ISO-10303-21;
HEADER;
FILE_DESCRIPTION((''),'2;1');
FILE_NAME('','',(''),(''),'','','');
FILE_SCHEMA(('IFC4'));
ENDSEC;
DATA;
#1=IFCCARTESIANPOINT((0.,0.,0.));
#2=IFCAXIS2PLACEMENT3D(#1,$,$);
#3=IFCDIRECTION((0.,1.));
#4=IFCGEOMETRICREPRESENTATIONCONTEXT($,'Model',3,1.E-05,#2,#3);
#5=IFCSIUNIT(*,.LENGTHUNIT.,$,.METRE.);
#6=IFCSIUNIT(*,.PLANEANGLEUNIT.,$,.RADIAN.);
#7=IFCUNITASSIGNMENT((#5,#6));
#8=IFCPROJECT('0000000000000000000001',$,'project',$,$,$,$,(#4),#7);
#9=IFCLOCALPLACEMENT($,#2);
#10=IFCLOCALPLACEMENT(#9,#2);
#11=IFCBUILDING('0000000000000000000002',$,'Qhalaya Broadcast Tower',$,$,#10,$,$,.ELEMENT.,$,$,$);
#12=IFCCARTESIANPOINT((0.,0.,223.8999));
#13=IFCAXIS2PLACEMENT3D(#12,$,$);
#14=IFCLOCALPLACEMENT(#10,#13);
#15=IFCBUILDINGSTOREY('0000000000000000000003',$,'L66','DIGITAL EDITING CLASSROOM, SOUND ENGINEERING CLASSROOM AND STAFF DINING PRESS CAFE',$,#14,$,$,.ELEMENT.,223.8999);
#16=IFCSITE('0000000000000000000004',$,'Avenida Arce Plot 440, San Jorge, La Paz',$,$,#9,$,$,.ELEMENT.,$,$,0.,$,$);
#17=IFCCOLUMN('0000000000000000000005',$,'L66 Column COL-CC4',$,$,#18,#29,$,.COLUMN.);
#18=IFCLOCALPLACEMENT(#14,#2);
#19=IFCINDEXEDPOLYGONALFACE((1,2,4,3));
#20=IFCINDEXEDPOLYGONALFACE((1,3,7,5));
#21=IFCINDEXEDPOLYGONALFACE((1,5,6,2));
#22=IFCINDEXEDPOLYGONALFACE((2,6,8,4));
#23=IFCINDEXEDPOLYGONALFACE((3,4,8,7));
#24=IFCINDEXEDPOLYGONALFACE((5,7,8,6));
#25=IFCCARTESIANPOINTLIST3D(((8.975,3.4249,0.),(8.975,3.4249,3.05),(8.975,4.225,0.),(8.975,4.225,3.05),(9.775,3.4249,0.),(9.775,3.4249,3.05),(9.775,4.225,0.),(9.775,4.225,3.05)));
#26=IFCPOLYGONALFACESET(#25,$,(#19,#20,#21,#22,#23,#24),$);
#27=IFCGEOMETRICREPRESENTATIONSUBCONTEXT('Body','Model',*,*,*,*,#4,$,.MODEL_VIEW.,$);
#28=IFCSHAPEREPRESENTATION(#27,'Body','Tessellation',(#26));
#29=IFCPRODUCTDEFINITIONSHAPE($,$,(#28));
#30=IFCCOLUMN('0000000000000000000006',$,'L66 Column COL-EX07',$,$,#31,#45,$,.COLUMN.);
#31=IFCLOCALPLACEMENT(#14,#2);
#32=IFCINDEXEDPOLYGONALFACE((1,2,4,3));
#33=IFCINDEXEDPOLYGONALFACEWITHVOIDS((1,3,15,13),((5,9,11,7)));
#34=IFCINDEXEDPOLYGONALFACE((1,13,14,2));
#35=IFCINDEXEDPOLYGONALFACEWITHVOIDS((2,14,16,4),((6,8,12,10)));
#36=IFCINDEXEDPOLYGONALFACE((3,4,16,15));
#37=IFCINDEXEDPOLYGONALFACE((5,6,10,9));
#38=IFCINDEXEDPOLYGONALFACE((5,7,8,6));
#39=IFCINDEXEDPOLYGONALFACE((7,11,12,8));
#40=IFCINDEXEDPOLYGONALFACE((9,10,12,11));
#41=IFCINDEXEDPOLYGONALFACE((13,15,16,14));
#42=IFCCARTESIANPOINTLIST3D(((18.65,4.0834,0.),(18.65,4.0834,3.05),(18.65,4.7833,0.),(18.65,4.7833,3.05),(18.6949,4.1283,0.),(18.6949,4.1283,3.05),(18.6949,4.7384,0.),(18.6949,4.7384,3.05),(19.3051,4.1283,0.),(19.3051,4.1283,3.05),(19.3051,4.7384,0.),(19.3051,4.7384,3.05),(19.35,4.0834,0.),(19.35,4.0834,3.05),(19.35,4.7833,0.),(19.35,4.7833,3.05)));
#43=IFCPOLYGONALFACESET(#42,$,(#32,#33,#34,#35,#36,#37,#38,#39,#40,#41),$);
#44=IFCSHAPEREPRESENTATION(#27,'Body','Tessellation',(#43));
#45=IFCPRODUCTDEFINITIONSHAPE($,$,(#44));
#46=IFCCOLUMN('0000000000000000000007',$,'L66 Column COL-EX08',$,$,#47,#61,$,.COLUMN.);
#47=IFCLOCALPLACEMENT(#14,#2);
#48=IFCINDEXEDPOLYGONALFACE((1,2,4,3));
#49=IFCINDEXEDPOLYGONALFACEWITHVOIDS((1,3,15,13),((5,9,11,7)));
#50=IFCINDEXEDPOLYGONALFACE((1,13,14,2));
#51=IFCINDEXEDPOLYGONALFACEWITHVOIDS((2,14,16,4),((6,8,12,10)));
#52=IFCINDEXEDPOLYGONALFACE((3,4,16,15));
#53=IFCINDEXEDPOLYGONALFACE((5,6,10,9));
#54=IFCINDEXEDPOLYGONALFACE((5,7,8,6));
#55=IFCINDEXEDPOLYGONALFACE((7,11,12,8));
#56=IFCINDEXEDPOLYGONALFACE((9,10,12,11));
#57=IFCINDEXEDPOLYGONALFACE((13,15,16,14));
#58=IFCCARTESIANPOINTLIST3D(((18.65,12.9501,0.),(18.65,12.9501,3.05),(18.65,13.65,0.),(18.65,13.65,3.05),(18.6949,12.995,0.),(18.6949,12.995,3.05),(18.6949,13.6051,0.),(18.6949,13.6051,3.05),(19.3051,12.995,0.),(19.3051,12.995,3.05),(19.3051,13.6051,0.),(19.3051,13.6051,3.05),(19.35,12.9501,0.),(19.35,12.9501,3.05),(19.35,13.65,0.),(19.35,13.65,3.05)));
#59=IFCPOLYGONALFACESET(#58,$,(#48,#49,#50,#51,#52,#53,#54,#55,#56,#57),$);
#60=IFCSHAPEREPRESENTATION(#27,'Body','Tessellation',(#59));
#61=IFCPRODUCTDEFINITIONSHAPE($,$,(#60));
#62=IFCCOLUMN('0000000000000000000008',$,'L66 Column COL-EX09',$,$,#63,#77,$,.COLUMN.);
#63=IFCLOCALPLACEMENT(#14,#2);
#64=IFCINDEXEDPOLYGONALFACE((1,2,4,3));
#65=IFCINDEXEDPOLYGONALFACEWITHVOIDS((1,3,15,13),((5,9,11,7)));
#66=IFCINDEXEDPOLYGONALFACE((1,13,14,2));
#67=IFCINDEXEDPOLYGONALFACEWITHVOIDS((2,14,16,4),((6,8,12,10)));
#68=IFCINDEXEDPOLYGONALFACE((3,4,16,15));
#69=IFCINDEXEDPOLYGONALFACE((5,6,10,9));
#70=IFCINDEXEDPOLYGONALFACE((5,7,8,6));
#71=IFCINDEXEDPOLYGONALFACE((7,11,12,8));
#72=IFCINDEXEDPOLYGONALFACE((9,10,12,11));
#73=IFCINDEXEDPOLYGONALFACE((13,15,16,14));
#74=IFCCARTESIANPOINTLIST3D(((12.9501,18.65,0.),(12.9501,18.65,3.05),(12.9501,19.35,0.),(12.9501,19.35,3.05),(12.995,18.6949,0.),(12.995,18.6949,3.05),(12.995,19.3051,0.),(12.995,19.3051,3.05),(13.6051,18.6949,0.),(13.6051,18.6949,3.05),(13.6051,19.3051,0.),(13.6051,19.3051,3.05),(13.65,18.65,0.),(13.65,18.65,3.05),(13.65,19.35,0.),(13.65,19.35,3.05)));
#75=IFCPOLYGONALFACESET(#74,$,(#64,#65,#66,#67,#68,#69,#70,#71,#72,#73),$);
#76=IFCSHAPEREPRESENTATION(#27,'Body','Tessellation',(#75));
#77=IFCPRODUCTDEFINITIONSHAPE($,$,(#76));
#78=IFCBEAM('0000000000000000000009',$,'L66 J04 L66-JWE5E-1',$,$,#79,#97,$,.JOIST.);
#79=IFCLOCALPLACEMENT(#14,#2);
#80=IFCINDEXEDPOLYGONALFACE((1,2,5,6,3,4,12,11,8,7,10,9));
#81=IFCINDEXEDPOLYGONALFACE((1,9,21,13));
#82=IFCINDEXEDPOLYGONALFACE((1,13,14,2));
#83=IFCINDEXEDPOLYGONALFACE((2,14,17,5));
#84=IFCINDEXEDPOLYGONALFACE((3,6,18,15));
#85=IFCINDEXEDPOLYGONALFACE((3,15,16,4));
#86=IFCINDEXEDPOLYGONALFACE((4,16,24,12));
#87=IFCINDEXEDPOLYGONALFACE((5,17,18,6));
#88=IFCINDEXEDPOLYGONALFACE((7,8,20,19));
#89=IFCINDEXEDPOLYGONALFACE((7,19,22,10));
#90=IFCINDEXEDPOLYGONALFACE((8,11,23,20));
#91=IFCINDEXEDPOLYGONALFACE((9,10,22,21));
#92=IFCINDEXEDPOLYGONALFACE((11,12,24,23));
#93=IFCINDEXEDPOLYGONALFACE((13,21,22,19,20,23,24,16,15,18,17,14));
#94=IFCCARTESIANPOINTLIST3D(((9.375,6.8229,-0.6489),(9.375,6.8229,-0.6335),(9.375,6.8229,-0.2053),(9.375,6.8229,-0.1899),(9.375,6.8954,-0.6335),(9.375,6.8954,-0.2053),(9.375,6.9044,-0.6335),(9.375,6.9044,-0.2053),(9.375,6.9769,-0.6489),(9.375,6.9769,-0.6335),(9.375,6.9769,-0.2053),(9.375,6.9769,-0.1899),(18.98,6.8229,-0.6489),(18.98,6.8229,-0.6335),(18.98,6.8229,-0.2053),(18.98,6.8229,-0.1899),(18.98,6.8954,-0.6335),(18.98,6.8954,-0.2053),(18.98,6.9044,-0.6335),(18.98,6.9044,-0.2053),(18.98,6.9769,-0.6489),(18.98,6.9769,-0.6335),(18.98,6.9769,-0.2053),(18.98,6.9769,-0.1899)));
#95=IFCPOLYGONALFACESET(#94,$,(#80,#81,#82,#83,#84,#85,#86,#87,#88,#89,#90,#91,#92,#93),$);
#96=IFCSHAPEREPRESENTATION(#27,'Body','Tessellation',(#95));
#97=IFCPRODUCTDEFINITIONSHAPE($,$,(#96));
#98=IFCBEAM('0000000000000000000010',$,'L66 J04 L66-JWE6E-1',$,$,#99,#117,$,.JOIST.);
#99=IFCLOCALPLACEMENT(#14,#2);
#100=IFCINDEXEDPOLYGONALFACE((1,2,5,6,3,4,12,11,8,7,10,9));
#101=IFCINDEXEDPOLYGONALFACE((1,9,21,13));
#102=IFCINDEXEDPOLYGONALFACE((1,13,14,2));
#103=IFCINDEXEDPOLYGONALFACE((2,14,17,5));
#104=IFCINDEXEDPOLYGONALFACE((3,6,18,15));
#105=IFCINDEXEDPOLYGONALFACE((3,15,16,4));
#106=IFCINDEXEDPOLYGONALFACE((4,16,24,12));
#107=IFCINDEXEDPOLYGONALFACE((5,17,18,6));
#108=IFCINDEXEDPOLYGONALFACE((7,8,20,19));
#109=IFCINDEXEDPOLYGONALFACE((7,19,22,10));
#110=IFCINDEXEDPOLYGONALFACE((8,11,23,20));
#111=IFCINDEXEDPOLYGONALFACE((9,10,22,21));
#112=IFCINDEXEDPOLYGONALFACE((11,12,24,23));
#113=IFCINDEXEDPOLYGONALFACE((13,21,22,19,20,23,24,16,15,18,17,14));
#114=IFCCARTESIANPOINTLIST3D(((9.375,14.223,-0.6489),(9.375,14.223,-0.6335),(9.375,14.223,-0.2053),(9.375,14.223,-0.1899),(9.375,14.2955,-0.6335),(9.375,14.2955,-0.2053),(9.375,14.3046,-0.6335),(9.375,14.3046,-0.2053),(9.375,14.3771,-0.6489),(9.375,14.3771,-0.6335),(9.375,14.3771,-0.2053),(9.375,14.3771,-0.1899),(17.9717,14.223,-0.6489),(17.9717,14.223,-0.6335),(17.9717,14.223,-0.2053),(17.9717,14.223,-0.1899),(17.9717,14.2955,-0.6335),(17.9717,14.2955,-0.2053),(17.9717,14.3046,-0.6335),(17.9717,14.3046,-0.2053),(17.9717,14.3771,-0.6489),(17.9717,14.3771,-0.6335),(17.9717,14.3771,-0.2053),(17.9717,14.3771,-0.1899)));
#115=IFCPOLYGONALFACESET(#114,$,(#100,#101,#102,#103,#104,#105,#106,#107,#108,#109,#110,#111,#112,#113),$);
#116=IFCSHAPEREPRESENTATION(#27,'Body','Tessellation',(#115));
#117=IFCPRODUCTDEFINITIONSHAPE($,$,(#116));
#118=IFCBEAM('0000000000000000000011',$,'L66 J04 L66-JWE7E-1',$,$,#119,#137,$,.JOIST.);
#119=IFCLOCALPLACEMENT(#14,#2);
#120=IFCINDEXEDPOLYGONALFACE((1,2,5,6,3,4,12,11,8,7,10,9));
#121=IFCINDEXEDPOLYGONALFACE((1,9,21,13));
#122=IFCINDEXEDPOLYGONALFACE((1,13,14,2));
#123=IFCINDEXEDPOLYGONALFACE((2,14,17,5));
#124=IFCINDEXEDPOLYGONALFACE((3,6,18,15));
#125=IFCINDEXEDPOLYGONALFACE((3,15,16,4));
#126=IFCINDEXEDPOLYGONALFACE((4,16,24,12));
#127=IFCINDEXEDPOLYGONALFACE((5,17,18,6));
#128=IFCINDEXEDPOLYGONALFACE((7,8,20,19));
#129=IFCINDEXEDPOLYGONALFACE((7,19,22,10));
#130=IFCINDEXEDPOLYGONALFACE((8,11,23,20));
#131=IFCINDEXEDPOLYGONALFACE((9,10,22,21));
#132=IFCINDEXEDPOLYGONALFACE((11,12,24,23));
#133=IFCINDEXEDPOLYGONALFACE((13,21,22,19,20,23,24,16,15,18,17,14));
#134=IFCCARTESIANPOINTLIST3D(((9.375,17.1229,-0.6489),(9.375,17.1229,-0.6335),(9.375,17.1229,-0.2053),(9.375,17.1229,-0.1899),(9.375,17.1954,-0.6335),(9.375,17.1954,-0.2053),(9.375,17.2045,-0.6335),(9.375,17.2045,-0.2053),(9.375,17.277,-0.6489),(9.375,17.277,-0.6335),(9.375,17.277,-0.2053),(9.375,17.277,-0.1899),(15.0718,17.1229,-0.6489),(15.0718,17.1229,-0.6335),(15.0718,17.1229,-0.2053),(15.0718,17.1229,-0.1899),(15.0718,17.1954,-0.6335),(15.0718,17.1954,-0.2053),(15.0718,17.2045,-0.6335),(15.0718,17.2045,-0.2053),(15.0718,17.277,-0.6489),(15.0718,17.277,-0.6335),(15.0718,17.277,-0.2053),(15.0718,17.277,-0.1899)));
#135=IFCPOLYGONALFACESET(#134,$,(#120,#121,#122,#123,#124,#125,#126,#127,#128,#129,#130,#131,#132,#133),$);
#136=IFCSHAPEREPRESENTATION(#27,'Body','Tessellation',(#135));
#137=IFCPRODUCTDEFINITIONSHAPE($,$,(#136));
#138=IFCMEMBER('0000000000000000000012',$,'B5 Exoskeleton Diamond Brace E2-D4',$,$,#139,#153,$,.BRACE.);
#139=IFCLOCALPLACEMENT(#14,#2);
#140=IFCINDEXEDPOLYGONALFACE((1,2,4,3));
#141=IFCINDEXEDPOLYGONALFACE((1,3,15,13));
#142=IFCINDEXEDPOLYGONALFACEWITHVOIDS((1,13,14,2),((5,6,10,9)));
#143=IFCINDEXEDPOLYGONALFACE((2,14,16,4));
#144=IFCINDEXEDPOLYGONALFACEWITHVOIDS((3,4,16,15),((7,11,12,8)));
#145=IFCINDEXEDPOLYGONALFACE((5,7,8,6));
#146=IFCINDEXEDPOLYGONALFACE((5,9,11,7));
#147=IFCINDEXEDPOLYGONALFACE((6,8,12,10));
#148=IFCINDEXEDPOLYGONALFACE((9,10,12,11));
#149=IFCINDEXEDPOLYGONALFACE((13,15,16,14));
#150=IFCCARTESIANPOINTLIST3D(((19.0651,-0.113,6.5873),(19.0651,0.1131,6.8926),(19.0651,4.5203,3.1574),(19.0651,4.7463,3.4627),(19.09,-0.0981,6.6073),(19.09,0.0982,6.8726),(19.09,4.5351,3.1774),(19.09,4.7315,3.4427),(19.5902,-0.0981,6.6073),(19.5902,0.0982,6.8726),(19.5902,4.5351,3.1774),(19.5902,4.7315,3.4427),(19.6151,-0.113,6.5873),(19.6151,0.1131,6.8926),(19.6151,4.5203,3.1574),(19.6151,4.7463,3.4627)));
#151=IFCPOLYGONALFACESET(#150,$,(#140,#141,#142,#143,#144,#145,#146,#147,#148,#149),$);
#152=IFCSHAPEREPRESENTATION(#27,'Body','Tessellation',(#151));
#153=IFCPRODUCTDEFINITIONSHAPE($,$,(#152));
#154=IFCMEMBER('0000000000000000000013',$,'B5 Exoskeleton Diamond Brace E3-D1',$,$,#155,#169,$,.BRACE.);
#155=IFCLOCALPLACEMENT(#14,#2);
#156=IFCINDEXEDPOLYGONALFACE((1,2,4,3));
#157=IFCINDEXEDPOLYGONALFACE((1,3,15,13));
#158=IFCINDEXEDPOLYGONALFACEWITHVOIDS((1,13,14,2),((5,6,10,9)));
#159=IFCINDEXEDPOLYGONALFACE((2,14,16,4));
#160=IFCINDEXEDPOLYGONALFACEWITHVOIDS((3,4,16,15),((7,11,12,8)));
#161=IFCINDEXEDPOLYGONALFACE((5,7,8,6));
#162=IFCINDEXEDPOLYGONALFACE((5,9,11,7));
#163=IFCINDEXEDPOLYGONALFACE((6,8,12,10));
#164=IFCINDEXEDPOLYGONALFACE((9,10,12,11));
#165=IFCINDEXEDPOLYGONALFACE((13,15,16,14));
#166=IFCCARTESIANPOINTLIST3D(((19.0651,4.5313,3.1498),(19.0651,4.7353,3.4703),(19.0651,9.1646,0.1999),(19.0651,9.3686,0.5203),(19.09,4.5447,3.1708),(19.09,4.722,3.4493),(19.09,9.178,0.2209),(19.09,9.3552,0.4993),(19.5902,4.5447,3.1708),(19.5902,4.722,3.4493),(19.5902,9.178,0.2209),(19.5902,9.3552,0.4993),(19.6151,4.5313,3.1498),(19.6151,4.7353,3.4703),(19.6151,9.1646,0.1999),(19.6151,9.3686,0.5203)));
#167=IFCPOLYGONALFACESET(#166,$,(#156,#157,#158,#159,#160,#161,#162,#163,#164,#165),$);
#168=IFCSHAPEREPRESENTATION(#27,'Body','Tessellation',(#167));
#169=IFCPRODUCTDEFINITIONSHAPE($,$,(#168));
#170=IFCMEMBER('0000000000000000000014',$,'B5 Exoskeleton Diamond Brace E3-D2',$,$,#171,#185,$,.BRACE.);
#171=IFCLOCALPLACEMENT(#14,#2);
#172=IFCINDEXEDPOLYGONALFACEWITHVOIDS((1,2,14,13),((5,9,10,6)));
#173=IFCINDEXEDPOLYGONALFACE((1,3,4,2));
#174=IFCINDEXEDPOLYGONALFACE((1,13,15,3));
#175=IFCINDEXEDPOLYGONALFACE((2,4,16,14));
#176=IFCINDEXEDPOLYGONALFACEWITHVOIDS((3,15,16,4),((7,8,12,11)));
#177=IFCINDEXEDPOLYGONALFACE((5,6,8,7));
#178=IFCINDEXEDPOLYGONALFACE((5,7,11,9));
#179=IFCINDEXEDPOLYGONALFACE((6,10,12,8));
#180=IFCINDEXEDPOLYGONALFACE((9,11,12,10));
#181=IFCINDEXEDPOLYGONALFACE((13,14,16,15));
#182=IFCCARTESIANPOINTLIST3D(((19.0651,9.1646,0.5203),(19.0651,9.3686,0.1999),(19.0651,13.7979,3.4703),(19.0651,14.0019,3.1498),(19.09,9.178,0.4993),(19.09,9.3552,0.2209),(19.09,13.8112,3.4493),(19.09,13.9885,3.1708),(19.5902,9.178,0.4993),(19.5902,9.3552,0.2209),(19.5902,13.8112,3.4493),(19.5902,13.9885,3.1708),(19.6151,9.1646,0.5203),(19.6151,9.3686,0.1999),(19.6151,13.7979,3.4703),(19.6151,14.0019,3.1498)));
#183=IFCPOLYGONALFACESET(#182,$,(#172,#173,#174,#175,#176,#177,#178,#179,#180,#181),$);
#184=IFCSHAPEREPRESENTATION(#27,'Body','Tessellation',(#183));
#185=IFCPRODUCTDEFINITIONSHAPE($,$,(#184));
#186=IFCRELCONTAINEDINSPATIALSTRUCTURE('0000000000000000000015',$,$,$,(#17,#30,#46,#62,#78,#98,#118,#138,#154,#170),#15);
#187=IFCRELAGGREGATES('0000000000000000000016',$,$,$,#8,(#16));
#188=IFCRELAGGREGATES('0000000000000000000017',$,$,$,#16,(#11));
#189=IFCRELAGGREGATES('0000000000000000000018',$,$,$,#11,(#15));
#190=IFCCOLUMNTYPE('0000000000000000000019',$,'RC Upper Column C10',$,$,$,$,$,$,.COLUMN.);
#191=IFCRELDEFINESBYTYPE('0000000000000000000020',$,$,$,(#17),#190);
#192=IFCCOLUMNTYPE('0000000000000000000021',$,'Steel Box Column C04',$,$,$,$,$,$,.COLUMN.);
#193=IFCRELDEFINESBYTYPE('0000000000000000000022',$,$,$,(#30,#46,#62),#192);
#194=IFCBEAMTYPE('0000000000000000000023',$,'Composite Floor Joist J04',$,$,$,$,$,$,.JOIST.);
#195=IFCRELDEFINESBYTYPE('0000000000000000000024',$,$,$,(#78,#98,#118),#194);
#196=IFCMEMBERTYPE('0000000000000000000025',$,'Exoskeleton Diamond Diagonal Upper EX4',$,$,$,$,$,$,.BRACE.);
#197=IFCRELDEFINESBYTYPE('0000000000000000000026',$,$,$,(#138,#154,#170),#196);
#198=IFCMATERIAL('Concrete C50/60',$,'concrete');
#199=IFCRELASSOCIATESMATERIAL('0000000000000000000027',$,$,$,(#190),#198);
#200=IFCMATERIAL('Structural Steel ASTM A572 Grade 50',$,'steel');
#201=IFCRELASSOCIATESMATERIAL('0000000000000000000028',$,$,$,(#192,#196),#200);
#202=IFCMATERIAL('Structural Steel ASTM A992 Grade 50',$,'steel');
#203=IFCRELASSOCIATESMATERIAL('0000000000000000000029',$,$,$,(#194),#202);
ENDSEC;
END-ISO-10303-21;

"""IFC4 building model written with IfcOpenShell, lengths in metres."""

from ifc_helpers import new_model, si_unit, direction, frame, origin, origin_2d, place, context, subcontext, project, spatial, rectangle, hollow_rectangle, i_section, extrude, material, material_profile, profile_set, type_object, element, save


model = new_model("IFC4")

# Units and contexts
model_context = context("Model", 3, precision=1e-05, world=origin(), true_north=direction((0.0, 1.0)))
body_context = subcontext(model_context, "Body", "Model", "MODEL_VIEW")
ifc_project = project(units=[si_unit("LENGTHUNIT", "METRE"), si_unit("PLANEANGLEUNIT", "RADIAN")], contexts=[model_context])

# Site, building, storey
site_placement = place(None, origin())
site = spatial("IfcSite", under=ifc_project, at=site_placement, Name="Avenida Arce Plot 440, San Jorge, La Paz", CompositionType="ELEMENT", RefElevation=0.0)
building_placement = place(site_placement, origin())
building = spatial("IfcBuilding", under=site, at=building_placement, Name="Qhalaya Broadcast Tower", CompositionType="ELEMENT")
storey_placement = place(building_placement, frame((0.0, 0.0, 223.8999)))
storey = spatial("IfcBuildingStorey", under=building, at=storey_placement, Name="L66", Description="DIGITAL EDITING CLASSROOM, SOUND ENGINEERING CLASSROOM AND STAFF DINING PRESS CAFE", CompositionType="ELEMENT", Elevation=223.8999)

# Columns
ifc_material_1 = material(Name="Concrete C50/60", Category="concrete")
ifc_material_profile_1 = material_profile(ifc_material_1, rectangle(XDim=0.8, YDim=0.8, at=origin_2d()), Name="RC-COL 800x800")
ifc_profile_set_1 = profile_set([ifc_material_profile_1], Name="Concrete C50/60")
column_type_1 = type_object("IfcColumnType", Name="RC Upper Column C10", PredefinedType="COLUMN", material=ifc_profile_set_1)
column_placement = place(storey_placement, frame((9.375, 3.825, 0.0), z_axis=(0.0, 0.0, 1.0), x_axis=(1.0, 0.0, 0.0)))
element("IfcColumn", 1, at=column_placement, inside=storey, type_object=column_type_1, Name="L66 Column COL-CC4", PredefinedType="COLUMN", context=body_context, shape_type="SweptSolid", body=[
    extrude(rectangle(XDim=0.8, YDim=0.8, at=origin_2d()), origin(), (0.0, 0.0, 1.0), 3.05),
])
ifc_material_2 = material(Name="Structural Steel ASTM A572 Grade 50", Category="steel")
ifc_material_profile_2 = material_profile(ifc_material_2, hollow_rectangle(XDim=0.7, YDim=0.7, WallThickness=0.0449, at=origin_2d()), Name="BOX 700x700x45")
ifc_profile_set_2 = profile_set([ifc_material_profile_2], Name="Structural Steel ASTM A572 Grade 50")
column_type_2 = type_object("IfcColumnType", Name="Steel Box Column C04", PredefinedType="COLUMN", material=ifc_profile_set_2)
for number, where, z_axis, x_axis, name in (
    (2, (19.0, 4.4333, 0.0), (0.0, 0.0, 1.0), (0.0, 1.0, 0.0), "L66 Column COL-EX07"),
    (3, (19.0, 13.3, 0.0), (0.0, 0.0, 1.0), (0.0, 1.0, 0.0), "L66 Column COL-EX08"),
    (4, (13.3, 19.0, 0.0), (0.0, 0.0, 1.0), (1.0, 0.0, 0.0), "L66 Column COL-EX09"),
):
    element("IfcColumn", number, at=place(storey_placement, frame(where, z_axis=z_axis, x_axis=x_axis)), inside=storey, type_object=column_type_2, Name=name, PredefinedType="COLUMN", context=body_context, shape_type="SweptSolid", body=[
        extrude(hollow_rectangle(XDim=0.7, YDim=0.7, WallThickness=0.0449, at=origin_2d()), origin(), (0.0, 0.0, 1.0), 3.05),
    ])

# Beams
ifc_material_3 = material(Name="Structural Steel ASTM A992 Grade 50", Category="steel")
ifc_material_profile_3 = material_profile(ifc_material_3, i_section(OverallWidth=0.1541, OverallDepth=0.459, WebThickness=0.009, FlangeThickness=0.0154, at=origin_2d()), Name="W18X46")
ifc_profile_set_3 = profile_set([ifc_material_profile_3], Name="Structural Steel ASTM A992 Grade 50")
beam_type_1 = type_object("IfcBeamType", Name="Composite Floor Joist J04", PredefinedType="JOIST", material=ifc_profile_set_3)
beam_1_placement = place(storey_placement, frame((9.375, 6.8999, -0.4194), z_axis=(1.0, 0.0, 0.0), x_axis=(0.0, 1.0, 0.0)))
element("IfcBeam", 5, at=beam_1_placement, inside=storey, type_object=beam_type_1, Name="L66 J04 L66-JWE5E-1", PredefinedType="JOIST", context=body_context, shape_type="SweptSolid", body=[
    extrude(i_section(OverallWidth=0.1541, OverallDepth=0.459, WebThickness=0.009, FlangeThickness=0.0154, at=origin_2d()), origin(), (0.0, 0.0, 1.0), 9.605),
])
beam_2_placement = place(storey_placement, frame((9.375, 14.3, -0.4194), z_axis=(1.0, 0.0, 0.0), x_axis=(0.0, 1.0, 0.0)))
element("IfcBeam", 6, at=beam_2_placement, inside=storey, type_object=beam_type_1, Name="L66 J04 L66-JWE6E-1", PredefinedType="JOIST", context=body_context, shape_type="SweptSolid", body=[
    extrude(i_section(OverallWidth=0.1541, OverallDepth=0.459, WebThickness=0.009, FlangeThickness=0.0154, at=origin_2d()), origin(), (0.0, 0.0, 1.0), 8.5967),
])
beam_3_placement = place(storey_placement, frame((9.375, 17.2, -0.4194), z_axis=(1.0, 0.0, 0.0), x_axis=(0.0, 1.0, 0.0)))
element("IfcBeam", 7, at=beam_3_placement, inside=storey, type_object=beam_type_1, Name="L66 J04 L66-JWE7E-1", PredefinedType="JOIST", context=body_context, shape_type="SweptSolid", body=[
    extrude(i_section(OverallWidth=0.1541, OverallDepth=0.459, WebThickness=0.009, FlangeThickness=0.0154, at=origin_2d()), origin(), (0.0, 0.0, 1.0), 5.6968),
])

# Members
ifc_material_profile_4 = material_profile(ifc_material_2, hollow_rectangle(XDim=0.3799, YDim=0.55, WallThickness=0.0249, at=origin_2d()), Name="BOX 380x550x25")
ifc_profile_set_4 = profile_set([ifc_material_profile_4], Name="Structural Steel ASTM A572 Grade 50")
member_type = type_object("IfcMemberType", Name="Exoskeleton Diamond Diagonal Upper EX4", PredefinedType="BRACE", material=ifc_profile_set_4)
member_placement = place(storey_placement, frame((19.3401, 4.6333, 3.3101), z_axis=(0.0, -0.803735, 0.594987), x_axis=(0.0, 0.594987, 0.803735)))
element("IfcMember", 8, at=member_placement, inside=storey, type_object=member_type, Name="B5 Exoskeleton Diamond Brace E2-D4", PredefinedType="BRACE", context=body_context, shape_type="SweptSolid", body=[
    extrude(hollow_rectangle(XDim=0.3799, YDim=0.55, WallThickness=0.0249, at=origin_2d()), origin(), (0.0, 0.0, 1.0), 5.7646),
])
for number, where, z_axis, x_axis, name in (
    (9, (19.3401, 9.2666, 0.3601), (0.0, -0.843539, 0.537068), (0.0, 0.537068, 0.843539), "B5 Exoskeleton Diamond Brace E3-D1"),
    (10, (19.3401, 9.2666, 0.3601), (0.0, 0.843539, 0.537068), (0.0, -0.537068, 0.843539), "B5 Exoskeleton Diamond Brace E3-D2"),
):
    element("IfcMember", number, at=place(storey_placement, frame(where, z_axis=z_axis, x_axis=x_axis)), inside=storey, type_object=member_type, Name=name, PredefinedType="BRACE", context=body_context, shape_type="SweptSolid", body=[
        extrude(hollow_rectangle(XDim=0.3799, YDim=0.55, WallThickness=0.0249, at=origin_2d()), origin(), (0.0, 0.0, 1.0), 5.4927),
    ])

save(model, "model.ifc")
